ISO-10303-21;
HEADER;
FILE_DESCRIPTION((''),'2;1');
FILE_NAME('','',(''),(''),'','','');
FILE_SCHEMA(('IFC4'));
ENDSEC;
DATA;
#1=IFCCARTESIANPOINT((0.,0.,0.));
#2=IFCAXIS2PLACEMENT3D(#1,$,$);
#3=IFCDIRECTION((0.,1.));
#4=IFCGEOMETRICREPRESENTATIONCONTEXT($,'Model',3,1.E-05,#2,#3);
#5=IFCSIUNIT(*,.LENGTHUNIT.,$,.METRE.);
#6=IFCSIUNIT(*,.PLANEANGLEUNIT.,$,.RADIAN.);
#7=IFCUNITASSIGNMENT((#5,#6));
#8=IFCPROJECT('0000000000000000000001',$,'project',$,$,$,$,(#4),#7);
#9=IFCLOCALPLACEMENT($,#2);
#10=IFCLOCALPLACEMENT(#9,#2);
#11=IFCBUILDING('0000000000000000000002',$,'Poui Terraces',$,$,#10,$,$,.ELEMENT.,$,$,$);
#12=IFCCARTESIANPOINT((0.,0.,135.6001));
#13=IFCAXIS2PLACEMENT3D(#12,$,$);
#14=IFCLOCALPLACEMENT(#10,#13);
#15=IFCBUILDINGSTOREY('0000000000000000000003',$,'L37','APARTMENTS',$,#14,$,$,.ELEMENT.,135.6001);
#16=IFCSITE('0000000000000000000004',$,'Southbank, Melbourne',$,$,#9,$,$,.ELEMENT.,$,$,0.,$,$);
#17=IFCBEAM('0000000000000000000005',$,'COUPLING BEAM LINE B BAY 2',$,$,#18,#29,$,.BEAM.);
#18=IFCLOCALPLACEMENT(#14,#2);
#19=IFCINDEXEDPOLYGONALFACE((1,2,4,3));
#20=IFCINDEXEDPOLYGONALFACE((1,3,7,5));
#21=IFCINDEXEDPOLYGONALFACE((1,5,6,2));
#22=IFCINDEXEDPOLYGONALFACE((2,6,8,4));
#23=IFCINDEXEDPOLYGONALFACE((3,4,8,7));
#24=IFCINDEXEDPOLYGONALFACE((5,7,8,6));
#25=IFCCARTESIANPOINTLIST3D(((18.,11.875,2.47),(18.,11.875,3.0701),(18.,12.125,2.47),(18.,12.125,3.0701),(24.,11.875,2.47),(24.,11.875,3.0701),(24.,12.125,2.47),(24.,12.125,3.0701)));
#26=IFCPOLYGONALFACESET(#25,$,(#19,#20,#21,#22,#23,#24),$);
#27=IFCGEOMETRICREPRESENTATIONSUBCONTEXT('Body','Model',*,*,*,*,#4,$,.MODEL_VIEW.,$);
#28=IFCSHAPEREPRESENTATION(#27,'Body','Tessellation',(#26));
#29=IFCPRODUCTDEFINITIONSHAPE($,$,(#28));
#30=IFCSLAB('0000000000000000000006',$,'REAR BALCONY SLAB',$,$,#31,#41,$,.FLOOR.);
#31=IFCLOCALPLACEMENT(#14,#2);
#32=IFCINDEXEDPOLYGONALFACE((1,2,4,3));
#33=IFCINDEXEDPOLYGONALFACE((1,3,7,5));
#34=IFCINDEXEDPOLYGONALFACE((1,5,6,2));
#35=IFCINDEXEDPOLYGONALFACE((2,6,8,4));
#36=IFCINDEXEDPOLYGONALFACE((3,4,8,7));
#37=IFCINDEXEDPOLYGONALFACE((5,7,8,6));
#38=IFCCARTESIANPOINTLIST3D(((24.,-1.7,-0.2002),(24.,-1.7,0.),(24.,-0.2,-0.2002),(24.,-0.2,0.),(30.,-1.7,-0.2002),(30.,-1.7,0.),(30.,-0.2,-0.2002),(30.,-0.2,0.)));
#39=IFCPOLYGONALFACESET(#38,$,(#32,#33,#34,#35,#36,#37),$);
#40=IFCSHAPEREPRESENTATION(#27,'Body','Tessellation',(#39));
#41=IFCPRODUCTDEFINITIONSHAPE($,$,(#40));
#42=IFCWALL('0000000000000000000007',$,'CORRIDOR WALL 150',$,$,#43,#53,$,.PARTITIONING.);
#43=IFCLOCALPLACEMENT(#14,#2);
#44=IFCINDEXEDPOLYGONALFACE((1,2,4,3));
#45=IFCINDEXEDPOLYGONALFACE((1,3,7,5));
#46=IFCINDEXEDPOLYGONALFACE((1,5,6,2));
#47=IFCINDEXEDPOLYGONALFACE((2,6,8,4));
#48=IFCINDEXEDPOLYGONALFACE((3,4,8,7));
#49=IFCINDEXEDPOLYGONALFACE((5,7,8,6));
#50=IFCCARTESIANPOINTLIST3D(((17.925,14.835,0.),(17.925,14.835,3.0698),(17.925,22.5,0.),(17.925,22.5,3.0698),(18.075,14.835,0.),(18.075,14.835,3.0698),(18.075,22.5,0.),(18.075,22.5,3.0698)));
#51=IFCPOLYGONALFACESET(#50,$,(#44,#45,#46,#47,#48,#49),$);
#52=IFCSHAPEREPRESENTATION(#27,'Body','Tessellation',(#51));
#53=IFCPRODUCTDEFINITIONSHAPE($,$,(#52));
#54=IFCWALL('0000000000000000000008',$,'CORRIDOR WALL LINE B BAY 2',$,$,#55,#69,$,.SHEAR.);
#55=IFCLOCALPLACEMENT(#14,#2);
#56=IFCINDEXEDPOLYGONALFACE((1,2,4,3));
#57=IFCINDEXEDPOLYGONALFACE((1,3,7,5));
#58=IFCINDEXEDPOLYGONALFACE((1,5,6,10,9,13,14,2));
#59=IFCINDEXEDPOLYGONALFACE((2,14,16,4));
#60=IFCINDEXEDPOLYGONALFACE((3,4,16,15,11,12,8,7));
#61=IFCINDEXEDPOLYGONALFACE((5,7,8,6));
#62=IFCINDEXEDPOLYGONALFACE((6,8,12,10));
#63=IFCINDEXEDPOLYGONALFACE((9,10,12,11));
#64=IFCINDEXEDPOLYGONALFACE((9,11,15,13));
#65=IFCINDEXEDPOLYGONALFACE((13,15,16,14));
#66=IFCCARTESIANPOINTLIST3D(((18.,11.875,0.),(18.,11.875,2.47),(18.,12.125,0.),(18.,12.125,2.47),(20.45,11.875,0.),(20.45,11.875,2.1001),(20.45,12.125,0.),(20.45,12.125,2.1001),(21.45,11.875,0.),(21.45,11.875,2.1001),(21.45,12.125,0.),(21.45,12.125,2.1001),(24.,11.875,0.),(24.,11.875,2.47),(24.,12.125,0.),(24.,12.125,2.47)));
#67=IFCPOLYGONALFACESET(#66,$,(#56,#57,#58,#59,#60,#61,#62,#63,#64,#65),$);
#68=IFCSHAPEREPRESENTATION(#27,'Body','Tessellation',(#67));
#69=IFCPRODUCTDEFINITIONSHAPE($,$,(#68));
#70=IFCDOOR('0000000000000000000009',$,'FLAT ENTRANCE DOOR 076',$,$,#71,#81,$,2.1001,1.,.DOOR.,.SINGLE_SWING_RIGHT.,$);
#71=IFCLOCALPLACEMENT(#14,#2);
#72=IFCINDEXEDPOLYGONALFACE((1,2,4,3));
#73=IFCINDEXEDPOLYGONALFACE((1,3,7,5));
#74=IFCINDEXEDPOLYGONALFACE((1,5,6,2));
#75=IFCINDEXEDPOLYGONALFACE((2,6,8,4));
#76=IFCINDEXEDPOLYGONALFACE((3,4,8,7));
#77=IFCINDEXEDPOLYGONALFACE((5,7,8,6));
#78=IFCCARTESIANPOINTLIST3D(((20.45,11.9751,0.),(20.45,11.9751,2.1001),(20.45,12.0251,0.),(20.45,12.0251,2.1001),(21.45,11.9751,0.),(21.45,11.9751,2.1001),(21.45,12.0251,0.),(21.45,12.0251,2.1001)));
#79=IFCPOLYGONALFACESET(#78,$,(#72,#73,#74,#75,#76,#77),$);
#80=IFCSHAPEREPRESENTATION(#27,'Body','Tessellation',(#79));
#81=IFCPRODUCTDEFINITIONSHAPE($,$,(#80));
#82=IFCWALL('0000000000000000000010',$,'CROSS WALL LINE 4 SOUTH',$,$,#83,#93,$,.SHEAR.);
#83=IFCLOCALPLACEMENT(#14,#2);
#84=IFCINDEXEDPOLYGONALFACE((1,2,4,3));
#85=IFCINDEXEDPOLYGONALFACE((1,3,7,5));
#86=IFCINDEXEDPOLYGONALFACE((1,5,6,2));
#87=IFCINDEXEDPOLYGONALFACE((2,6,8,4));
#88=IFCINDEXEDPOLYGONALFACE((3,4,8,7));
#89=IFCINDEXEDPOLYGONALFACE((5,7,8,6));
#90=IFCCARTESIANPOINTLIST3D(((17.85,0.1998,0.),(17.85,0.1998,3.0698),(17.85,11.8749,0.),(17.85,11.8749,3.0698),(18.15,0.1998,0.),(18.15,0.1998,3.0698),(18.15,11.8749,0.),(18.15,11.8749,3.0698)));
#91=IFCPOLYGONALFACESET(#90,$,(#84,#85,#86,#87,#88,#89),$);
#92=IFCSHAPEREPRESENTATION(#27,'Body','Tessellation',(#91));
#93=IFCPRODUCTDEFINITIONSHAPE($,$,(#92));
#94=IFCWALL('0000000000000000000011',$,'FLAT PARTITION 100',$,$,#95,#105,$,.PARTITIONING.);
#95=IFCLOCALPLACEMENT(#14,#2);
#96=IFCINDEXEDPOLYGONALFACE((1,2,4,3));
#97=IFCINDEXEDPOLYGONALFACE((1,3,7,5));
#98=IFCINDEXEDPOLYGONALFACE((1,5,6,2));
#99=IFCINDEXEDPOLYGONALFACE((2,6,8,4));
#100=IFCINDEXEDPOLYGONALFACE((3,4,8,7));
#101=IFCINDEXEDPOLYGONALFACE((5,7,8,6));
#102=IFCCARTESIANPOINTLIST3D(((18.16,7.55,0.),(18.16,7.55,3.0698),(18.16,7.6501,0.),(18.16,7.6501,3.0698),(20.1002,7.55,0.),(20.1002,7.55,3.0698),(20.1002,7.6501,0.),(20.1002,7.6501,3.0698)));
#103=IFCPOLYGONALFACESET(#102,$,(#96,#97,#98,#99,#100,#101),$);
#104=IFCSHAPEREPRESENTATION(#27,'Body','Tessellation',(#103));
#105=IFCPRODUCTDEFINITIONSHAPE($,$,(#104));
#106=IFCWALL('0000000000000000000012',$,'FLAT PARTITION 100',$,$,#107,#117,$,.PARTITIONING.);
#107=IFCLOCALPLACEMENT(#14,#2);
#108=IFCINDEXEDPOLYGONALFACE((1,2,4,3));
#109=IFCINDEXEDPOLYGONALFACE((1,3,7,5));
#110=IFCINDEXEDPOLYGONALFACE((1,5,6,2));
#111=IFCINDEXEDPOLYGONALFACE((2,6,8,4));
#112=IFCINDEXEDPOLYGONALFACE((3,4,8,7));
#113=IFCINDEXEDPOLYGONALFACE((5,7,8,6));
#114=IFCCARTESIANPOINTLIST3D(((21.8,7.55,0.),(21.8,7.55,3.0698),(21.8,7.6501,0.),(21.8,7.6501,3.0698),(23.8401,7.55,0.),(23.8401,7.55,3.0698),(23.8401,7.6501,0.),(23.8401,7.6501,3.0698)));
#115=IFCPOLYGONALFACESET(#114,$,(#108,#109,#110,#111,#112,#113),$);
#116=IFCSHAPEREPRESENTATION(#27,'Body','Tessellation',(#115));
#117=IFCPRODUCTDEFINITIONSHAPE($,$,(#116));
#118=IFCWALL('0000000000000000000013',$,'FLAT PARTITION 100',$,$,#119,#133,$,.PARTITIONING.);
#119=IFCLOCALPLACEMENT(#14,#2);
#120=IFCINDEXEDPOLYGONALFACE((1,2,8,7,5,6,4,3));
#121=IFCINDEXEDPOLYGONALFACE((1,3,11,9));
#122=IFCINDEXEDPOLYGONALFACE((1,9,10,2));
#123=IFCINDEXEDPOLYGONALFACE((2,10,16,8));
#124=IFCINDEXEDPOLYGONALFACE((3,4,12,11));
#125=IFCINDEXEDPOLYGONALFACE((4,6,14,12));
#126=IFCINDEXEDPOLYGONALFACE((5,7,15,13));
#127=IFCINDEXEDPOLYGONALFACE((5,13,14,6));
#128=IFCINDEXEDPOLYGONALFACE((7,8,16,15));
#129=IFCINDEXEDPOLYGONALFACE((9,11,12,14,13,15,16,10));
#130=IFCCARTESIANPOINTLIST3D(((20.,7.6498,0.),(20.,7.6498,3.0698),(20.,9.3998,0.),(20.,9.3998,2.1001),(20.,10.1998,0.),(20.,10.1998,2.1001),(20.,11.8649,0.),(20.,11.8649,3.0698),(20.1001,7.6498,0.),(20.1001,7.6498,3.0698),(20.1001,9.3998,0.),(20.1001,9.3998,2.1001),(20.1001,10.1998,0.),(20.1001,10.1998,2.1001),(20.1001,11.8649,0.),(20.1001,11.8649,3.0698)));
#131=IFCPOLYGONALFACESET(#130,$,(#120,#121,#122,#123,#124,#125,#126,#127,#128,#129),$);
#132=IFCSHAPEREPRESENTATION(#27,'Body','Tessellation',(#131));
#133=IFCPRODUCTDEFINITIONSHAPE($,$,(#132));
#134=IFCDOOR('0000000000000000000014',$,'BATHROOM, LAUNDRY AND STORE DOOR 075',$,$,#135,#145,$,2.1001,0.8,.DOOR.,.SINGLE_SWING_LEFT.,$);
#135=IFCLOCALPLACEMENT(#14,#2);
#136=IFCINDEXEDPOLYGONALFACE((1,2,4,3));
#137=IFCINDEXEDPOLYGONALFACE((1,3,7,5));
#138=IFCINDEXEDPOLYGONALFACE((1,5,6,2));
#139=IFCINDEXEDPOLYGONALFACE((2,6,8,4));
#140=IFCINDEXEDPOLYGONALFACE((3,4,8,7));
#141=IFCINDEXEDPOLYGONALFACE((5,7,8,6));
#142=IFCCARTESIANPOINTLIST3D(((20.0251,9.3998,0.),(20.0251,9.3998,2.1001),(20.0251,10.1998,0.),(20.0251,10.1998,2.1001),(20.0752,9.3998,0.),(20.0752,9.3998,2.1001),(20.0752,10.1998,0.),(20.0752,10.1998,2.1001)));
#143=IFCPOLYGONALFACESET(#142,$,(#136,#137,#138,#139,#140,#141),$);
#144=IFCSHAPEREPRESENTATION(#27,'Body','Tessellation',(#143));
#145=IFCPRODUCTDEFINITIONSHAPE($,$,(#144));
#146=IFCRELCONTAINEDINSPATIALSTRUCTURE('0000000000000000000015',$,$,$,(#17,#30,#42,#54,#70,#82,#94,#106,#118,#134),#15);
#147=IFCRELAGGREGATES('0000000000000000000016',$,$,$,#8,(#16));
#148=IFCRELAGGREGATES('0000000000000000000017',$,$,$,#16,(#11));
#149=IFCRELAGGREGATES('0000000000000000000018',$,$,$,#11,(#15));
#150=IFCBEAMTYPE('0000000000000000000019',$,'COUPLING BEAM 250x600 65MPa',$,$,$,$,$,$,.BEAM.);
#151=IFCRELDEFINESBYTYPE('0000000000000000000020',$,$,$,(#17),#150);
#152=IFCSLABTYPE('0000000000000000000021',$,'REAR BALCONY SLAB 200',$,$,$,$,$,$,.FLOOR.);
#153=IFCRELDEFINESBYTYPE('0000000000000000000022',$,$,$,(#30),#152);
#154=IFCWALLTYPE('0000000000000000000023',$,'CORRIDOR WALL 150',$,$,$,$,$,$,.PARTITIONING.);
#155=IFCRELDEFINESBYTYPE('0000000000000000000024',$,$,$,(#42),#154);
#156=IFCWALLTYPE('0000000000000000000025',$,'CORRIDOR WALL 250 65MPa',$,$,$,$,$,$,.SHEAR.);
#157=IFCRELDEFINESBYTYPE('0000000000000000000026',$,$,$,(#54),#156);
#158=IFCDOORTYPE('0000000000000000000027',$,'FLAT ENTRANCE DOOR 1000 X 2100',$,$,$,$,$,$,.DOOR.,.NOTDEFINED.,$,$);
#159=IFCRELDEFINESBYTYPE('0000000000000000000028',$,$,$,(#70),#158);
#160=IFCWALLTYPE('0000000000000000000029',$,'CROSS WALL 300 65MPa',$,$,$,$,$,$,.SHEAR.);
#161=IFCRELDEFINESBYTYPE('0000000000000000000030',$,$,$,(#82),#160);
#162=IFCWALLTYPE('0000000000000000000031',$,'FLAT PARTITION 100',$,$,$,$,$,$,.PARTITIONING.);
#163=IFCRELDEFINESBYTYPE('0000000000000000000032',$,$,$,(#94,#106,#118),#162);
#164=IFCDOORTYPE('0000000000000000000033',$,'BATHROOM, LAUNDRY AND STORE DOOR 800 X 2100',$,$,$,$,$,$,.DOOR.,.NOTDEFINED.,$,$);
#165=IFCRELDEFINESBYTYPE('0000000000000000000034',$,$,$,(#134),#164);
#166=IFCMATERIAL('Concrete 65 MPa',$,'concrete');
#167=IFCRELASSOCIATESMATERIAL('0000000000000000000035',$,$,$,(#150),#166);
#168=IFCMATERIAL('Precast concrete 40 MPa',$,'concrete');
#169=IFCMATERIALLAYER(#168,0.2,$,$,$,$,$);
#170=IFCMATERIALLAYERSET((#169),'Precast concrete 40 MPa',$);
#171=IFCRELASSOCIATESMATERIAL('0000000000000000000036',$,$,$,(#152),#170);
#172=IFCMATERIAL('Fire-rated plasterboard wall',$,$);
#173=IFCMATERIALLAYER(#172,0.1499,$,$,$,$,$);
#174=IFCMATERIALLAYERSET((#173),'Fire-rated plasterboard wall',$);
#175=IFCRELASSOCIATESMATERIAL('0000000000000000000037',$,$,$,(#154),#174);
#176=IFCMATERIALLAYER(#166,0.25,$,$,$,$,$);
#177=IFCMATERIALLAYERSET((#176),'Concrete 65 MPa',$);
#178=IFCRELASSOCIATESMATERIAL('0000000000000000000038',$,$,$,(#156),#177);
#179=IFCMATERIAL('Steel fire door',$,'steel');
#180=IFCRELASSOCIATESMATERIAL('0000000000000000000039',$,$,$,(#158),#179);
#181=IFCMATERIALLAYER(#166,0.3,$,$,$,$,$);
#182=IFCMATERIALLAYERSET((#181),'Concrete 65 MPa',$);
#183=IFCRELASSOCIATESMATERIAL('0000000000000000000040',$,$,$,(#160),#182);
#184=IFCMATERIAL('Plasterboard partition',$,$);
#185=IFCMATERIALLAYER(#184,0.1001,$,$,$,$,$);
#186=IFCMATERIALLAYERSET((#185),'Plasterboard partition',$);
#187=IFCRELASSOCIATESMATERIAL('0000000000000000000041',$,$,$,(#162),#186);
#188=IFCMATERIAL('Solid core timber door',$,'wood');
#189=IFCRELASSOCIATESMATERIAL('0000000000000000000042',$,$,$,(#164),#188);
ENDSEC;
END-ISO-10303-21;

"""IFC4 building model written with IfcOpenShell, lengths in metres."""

from ifc_helpers import new_model, si_unit, direction, frame, frame_2d, origin, origin_2d, place, context, subcontext, project, spatial, polyline, rectangle, outline, extrude, source, transform, mapped, material, layer, layer_set, material_profile, profile_set, type_object, element, fill, save


model = new_model("IFC4")

# Units and contexts
model_context = context("Model", 3, precision=1e-05, world=origin(), true_north=direction((0.0, 1.0)))
body_context = subcontext(model_context, "Body", "Model", "MODEL_VIEW")
ifc_project = project(units=[si_unit("LENGTHUNIT", "METRE"), si_unit("PLANEANGLEUNIT", "RADIAN")], contexts=[model_context])

# Site, building, storey
site_placement = place(None, origin())
site = spatial("IfcSite", under=ifc_project, at=site_placement, Name="Southbank, Melbourne", CompositionType="ELEMENT", RefElevation=0.0)
building_placement = place(site_placement, origin())
building = spatial("IfcBuilding", under=site, at=building_placement, Name="Poui Terraces", CompositionType="ELEMENT")
storey_placement = place(building_placement, frame((0.0, 0.0, 135.6001)))
storey = spatial("IfcBuildingStorey", under=building, at=storey_placement, Name="L37", Description="APARTMENTS", CompositionType="ELEMENT", Elevation=135.6001)

# Beam
ifc_material_1 = material(Name="Concrete 65 MPa", Category="concrete")
ifc_material_profile = material_profile(ifc_material_1, rectangle(XDim=0.25, YDim=0.6001, at=origin_2d()), Name="RC 250x600")
ifc_profile_set = profile_set([ifc_material_profile], Name="Concrete 65 MPa")
beam_type = type_object("IfcBeamType", Name="COUPLING BEAM 250x600 65MPa", PredefinedType="BEAM", material=ifc_profile_set)
shared_shape_1 = source(origin(), body_context, "Body", "SweptSolid", [
    extrude(rectangle(XDim=0.25, YDim=0.6001, at=origin_2d()), origin(), (0.0, 0.0, 1.0), 6.0),
])
beam_placement = place(storey_placement, frame((18.0, 12.0, 2.77), z_axis=(1.0, 0.0, 0.0), x_axis=(0.0, 1.0, 0.0)))
element("IfcBeam", 1, at=beam_placement, inside=storey, type_object=beam_type, Name="COUPLING BEAM LINE B BAY 2", PredefinedType="BEAM", context=body_context, shape_type="MappedRepresentation", body=[
    mapped(shared_shape_1, transform((0.0, 0.0, 0.0))),
])

# Slab
ifc_material_2 = material(Name="Precast concrete 40 MPa", Category="concrete")
ifc_layer_1 = layer(ifc_material_2, 0.2)
ifc_layer_set_1 = layer_set([ifc_layer_1], Name="Precast concrete 40 MPa")
slab_type = type_object("IfcSlabType", Name="REAR BALCONY SLAB 200", PredefinedType="FLOOR", material=ifc_layer_set_1)
shared_shape_2 = source(origin(), body_context, "Body", "SweptSolid", [
    extrude(outline(polyline([(0.0, 0.0), (6.0, 0.0), (6.0, 1.5), (0.0, 1.5), (0.0, 0.0)])), origin(), (0.0, 0.0, 1.0), 0.2002),
])
slab_placement = place(storey_placement, frame((24.0, -1.7, -0.2002)))
element("IfcSlab", 2, at=slab_placement, inside=storey, type_object=slab_type, Name="REAR BALCONY SLAB", PredefinedType="FLOOR", context=body_context, shape_type="MappedRepresentation", body=[
    mapped(shared_shape_2, transform((0.0, 0.0, 0.0))),
])

# Wall
ifc_material_3 = material(Name="Fire-rated plasterboard wall")
ifc_layer_2 = layer(ifc_material_3, 0.1499)
ifc_layer_set_2 = layer_set([ifc_layer_2], Name="Fire-rated plasterboard wall")
wall_type_1 = type_object("IfcWallType", Name="CORRIDOR WALL 150", PredefinedType="PARTITIONING", material=ifc_layer_set_2)
wall_1_placement = place(storey_placement, frame((18.0, 14.835, 0.0), z_axis=(0.0, 0.0, 1.0), x_axis=(0.0, 1.0, 0.0)))
element("IfcWall", 3, at=wall_1_placement, inside=storey, type_object=wall_type_1, Name="CORRIDOR WALL 150", PredefinedType="PARTITIONING", context=body_context, shape_type="SweptSolid", body=[
    extrude(rectangle(XDim=7.665, YDim=0.1499, at=frame_2d((3.8325, 0.0))), origin(), (0.0, 0.0, 1.0), 3.0698),
])

# Wall, opening, door
ifc_layer_3 = layer(ifc_material_1, 0.25)
ifc_layer_set_3 = layer_set([ifc_layer_3], Name="Concrete 65 MPa")
wall_type_2 = type_object("IfcWallType", Name="CORRIDOR WALL 250 65MPa", PredefinedType="SHEAR", material=ifc_layer_set_3)
wall_2_placement = place(storey_placement, frame((18.0, 12.0, 0.0), z_axis=(0.0, 0.0, 1.0), x_axis=(1.0, 0.0, 0.0)))
wall_2 = element("IfcWall", 4, at=wall_2_placement, inside=storey, type_object=wall_type_2, Name="CORRIDOR WALL LINE B BAY 2", PredefinedType="SHEAR", context=body_context, shape_type="SweptSolid", body=[
    extrude(rectangle(XDim=6.0, YDim=0.25, at=frame_2d((3.0, 0.0))), origin(), (0.0, 0.0, 1.0), 2.47),
])
opening_1_placement = place(wall_2_placement, frame((2.45, 0.0, 0.0)))
opening_1 = element("IfcOpeningElement", 5, at=opening_1_placement, cuts=wall_2, PredefinedType="OPENING", context=body_context, shape_type="SweptSolid", body=[
    extrude(rectangle(XDim=1.0, YDim=2.1001, at=frame_2d((0.5, 1.05))), frame((0.0, 0.135, 0.0), z_axis=(0.0, -1.0, 0.0), x_axis=(1.0, 0.0, 0.0)), (0.0, 0.0, 1.0), 0.27),
])
ifc_material_4 = material(Name="Steel fire door", Category="steel")
door_type_1 = type_object("IfcDoorType", Name="FLAT ENTRANCE DOOR 1000 X 2100", OperationType="NOTDEFINED", PredefinedType="DOOR", material=ifc_material_4)
door_1_placement = place(opening_1_placement, frame((1.0, 0.0, 0.0), z_axis=(0.0, 0.0, 1.0), x_axis=(-1.0, 0.0, 0.0)))
door_1 = element("IfcDoor", 6, at=door_1_placement, inside=storey, type_object=door_type_1, Name="FLAT ENTRANCE DOOR 076", OperationType="SINGLE_SWING_RIGHT", OverallHeight=2.1001, OverallWidth=1.0, PredefinedType="DOOR", context=body_context, shape_type="SweptSolid", body=[
    extrude(rectangle(XDim=1.0, YDim=2.1001, at=frame_2d((0.5, 1.05))), frame((0.0, 0.0249, 0.0), z_axis=(0.0, -1.0, 0.0), x_axis=(1.0, 0.0, 0.0)), (0.0, 0.0, 1.0), 0.05),
])
fill(opening_1, door_1)

# Walls
ifc_layer_4 = layer(ifc_material_1, 0.3)
ifc_layer_set_4 = layer_set([ifc_layer_4], Name="Concrete 65 MPa")
wall_type_3 = type_object("IfcWallType", Name="CROSS WALL 300 65MPa", PredefinedType="SHEAR", material=ifc_layer_set_4)
wall_3_placement = place(storey_placement, frame((18.0, 0.2, 0.0), z_axis=(0.0, 0.0, 1.0), x_axis=(0.0, 1.0, 0.0)))
element("IfcWall", 7, at=wall_3_placement, inside=storey, type_object=wall_type_3, Name="CROSS WALL LINE 4 SOUTH", PredefinedType="SHEAR", context=body_context, shape_type="SweptSolid", body=[
    extrude(rectangle(XDim=11.675, YDim=0.3, at=frame_2d((5.8374, 0.0))), origin(), (0.0, 0.0, 1.0), 3.0698),
])
ifc_material_5 = material(Name="Plasterboard partition")
ifc_layer_5 = layer(ifc_material_5, 0.1001)
ifc_layer_set_5 = layer_set([ifc_layer_5], Name="Plasterboard partition")
wall_type_4 = type_object("IfcWallType", Name="FLAT PARTITION 100", PredefinedType="PARTITIONING", material=ifc_layer_set_5)
wall_4_placement = place(storey_placement, frame((18.1599, 7.6001, 0.0), z_axis=(0.0, 0.0, 1.0), x_axis=(1.0, 0.0, 0.0)))
element("IfcWall", 8, at=wall_4_placement, inside=storey, type_object=wall_type_4, Name="FLAT PARTITION 100", PredefinedType="PARTITIONING", context=body_context, shape_type="SweptSolid", body=[
    extrude(rectangle(XDim=1.9402, YDim=0.1001, at=frame_2d((0.9702, 0.0))), origin(), (0.0, 0.0, 1.0), 3.0698),
])
wall_5_placement = place(storey_placement, frame((21.8, 7.6001, 0.0), z_axis=(0.0, 0.0, 1.0), x_axis=(1.0, 0.0, 0.0)))
element("IfcWall", 9, at=wall_5_placement, inside=storey, type_object=wall_type_4, Name="FLAT PARTITION 100", PredefinedType="PARTITIONING", context=body_context, shape_type="SweptSolid", body=[
    extrude(rectangle(XDim=2.04, YDim=0.1001, at=frame_2d((1.02, 0.0))), origin(), (0.0, 0.0, 1.0), 3.0698),
])

# Wall, opening, door
wall_6_placement = place(storey_placement, frame((20.05, 7.6499, 0.0), z_axis=(0.0, 0.0, 1.0), x_axis=(0.0, 1.0, 0.0)))
wall_6 = element("IfcWall", 10, at=wall_6_placement, inside=storey, type_object=wall_type_4, Name="FLAT PARTITION 100", PredefinedType="PARTITIONING", context=body_context, shape_type="SweptSolid", body=[
    extrude(rectangle(XDim=4.2151, YDim=0.1001, at=frame_2d((2.1074, 0.0))), origin(), (0.0, 0.0, 1.0), 3.0698),
])
opening_2_placement = place(wall_6_placement, frame((1.75, 0.0, 0.0)))
opening_2 = element("IfcOpeningElement", 11, at=opening_2_placement, cuts=wall_6, PredefinedType="OPENING", context=body_context, shape_type="SweptSolid", body=[
    extrude(rectangle(XDim=0.8, YDim=2.1001, at=frame_2d((0.3999, 1.05))), frame((0.0, 0.0601, 0.0), z_axis=(0.0, -1.0, 0.0), x_axis=(1.0, 0.0, 0.0)), (0.0, 0.0, 1.0), 0.1201),
])
ifc_material_6 = material(Name="Solid core timber door", Category="wood")
door_type_2 = type_object("IfcDoorType", Name="BATHROOM, LAUNDRY AND STORE DOOR 800 X 2100", OperationType="NOTDEFINED", PredefinedType="DOOR", material=ifc_material_6)
door_2_placement = place(opening_2_placement, origin())
door_2 = element("IfcDoor", 12, at=door_2_placement, inside=storey, type_object=door_type_2, Name="BATHROOM, LAUNDRY AND STORE DOOR 075", OperationType="SINGLE_SWING_LEFT", OverallHeight=2.1001, OverallWidth=0.8, PredefinedType="DOOR", context=body_context, shape_type="SweptSolid", body=[
    extrude(rectangle(XDim=0.8, YDim=2.1001, at=frame_2d((0.3999, 1.05))), frame((0.0, 0.0249, 0.0), z_axis=(0.0, -1.0, 0.0), x_axis=(1.0, 0.0, 0.0)), (0.0, 0.0, 1.0), 0.05),
])
fill(opening_2, door_2)

save(model, "model.ifc")
